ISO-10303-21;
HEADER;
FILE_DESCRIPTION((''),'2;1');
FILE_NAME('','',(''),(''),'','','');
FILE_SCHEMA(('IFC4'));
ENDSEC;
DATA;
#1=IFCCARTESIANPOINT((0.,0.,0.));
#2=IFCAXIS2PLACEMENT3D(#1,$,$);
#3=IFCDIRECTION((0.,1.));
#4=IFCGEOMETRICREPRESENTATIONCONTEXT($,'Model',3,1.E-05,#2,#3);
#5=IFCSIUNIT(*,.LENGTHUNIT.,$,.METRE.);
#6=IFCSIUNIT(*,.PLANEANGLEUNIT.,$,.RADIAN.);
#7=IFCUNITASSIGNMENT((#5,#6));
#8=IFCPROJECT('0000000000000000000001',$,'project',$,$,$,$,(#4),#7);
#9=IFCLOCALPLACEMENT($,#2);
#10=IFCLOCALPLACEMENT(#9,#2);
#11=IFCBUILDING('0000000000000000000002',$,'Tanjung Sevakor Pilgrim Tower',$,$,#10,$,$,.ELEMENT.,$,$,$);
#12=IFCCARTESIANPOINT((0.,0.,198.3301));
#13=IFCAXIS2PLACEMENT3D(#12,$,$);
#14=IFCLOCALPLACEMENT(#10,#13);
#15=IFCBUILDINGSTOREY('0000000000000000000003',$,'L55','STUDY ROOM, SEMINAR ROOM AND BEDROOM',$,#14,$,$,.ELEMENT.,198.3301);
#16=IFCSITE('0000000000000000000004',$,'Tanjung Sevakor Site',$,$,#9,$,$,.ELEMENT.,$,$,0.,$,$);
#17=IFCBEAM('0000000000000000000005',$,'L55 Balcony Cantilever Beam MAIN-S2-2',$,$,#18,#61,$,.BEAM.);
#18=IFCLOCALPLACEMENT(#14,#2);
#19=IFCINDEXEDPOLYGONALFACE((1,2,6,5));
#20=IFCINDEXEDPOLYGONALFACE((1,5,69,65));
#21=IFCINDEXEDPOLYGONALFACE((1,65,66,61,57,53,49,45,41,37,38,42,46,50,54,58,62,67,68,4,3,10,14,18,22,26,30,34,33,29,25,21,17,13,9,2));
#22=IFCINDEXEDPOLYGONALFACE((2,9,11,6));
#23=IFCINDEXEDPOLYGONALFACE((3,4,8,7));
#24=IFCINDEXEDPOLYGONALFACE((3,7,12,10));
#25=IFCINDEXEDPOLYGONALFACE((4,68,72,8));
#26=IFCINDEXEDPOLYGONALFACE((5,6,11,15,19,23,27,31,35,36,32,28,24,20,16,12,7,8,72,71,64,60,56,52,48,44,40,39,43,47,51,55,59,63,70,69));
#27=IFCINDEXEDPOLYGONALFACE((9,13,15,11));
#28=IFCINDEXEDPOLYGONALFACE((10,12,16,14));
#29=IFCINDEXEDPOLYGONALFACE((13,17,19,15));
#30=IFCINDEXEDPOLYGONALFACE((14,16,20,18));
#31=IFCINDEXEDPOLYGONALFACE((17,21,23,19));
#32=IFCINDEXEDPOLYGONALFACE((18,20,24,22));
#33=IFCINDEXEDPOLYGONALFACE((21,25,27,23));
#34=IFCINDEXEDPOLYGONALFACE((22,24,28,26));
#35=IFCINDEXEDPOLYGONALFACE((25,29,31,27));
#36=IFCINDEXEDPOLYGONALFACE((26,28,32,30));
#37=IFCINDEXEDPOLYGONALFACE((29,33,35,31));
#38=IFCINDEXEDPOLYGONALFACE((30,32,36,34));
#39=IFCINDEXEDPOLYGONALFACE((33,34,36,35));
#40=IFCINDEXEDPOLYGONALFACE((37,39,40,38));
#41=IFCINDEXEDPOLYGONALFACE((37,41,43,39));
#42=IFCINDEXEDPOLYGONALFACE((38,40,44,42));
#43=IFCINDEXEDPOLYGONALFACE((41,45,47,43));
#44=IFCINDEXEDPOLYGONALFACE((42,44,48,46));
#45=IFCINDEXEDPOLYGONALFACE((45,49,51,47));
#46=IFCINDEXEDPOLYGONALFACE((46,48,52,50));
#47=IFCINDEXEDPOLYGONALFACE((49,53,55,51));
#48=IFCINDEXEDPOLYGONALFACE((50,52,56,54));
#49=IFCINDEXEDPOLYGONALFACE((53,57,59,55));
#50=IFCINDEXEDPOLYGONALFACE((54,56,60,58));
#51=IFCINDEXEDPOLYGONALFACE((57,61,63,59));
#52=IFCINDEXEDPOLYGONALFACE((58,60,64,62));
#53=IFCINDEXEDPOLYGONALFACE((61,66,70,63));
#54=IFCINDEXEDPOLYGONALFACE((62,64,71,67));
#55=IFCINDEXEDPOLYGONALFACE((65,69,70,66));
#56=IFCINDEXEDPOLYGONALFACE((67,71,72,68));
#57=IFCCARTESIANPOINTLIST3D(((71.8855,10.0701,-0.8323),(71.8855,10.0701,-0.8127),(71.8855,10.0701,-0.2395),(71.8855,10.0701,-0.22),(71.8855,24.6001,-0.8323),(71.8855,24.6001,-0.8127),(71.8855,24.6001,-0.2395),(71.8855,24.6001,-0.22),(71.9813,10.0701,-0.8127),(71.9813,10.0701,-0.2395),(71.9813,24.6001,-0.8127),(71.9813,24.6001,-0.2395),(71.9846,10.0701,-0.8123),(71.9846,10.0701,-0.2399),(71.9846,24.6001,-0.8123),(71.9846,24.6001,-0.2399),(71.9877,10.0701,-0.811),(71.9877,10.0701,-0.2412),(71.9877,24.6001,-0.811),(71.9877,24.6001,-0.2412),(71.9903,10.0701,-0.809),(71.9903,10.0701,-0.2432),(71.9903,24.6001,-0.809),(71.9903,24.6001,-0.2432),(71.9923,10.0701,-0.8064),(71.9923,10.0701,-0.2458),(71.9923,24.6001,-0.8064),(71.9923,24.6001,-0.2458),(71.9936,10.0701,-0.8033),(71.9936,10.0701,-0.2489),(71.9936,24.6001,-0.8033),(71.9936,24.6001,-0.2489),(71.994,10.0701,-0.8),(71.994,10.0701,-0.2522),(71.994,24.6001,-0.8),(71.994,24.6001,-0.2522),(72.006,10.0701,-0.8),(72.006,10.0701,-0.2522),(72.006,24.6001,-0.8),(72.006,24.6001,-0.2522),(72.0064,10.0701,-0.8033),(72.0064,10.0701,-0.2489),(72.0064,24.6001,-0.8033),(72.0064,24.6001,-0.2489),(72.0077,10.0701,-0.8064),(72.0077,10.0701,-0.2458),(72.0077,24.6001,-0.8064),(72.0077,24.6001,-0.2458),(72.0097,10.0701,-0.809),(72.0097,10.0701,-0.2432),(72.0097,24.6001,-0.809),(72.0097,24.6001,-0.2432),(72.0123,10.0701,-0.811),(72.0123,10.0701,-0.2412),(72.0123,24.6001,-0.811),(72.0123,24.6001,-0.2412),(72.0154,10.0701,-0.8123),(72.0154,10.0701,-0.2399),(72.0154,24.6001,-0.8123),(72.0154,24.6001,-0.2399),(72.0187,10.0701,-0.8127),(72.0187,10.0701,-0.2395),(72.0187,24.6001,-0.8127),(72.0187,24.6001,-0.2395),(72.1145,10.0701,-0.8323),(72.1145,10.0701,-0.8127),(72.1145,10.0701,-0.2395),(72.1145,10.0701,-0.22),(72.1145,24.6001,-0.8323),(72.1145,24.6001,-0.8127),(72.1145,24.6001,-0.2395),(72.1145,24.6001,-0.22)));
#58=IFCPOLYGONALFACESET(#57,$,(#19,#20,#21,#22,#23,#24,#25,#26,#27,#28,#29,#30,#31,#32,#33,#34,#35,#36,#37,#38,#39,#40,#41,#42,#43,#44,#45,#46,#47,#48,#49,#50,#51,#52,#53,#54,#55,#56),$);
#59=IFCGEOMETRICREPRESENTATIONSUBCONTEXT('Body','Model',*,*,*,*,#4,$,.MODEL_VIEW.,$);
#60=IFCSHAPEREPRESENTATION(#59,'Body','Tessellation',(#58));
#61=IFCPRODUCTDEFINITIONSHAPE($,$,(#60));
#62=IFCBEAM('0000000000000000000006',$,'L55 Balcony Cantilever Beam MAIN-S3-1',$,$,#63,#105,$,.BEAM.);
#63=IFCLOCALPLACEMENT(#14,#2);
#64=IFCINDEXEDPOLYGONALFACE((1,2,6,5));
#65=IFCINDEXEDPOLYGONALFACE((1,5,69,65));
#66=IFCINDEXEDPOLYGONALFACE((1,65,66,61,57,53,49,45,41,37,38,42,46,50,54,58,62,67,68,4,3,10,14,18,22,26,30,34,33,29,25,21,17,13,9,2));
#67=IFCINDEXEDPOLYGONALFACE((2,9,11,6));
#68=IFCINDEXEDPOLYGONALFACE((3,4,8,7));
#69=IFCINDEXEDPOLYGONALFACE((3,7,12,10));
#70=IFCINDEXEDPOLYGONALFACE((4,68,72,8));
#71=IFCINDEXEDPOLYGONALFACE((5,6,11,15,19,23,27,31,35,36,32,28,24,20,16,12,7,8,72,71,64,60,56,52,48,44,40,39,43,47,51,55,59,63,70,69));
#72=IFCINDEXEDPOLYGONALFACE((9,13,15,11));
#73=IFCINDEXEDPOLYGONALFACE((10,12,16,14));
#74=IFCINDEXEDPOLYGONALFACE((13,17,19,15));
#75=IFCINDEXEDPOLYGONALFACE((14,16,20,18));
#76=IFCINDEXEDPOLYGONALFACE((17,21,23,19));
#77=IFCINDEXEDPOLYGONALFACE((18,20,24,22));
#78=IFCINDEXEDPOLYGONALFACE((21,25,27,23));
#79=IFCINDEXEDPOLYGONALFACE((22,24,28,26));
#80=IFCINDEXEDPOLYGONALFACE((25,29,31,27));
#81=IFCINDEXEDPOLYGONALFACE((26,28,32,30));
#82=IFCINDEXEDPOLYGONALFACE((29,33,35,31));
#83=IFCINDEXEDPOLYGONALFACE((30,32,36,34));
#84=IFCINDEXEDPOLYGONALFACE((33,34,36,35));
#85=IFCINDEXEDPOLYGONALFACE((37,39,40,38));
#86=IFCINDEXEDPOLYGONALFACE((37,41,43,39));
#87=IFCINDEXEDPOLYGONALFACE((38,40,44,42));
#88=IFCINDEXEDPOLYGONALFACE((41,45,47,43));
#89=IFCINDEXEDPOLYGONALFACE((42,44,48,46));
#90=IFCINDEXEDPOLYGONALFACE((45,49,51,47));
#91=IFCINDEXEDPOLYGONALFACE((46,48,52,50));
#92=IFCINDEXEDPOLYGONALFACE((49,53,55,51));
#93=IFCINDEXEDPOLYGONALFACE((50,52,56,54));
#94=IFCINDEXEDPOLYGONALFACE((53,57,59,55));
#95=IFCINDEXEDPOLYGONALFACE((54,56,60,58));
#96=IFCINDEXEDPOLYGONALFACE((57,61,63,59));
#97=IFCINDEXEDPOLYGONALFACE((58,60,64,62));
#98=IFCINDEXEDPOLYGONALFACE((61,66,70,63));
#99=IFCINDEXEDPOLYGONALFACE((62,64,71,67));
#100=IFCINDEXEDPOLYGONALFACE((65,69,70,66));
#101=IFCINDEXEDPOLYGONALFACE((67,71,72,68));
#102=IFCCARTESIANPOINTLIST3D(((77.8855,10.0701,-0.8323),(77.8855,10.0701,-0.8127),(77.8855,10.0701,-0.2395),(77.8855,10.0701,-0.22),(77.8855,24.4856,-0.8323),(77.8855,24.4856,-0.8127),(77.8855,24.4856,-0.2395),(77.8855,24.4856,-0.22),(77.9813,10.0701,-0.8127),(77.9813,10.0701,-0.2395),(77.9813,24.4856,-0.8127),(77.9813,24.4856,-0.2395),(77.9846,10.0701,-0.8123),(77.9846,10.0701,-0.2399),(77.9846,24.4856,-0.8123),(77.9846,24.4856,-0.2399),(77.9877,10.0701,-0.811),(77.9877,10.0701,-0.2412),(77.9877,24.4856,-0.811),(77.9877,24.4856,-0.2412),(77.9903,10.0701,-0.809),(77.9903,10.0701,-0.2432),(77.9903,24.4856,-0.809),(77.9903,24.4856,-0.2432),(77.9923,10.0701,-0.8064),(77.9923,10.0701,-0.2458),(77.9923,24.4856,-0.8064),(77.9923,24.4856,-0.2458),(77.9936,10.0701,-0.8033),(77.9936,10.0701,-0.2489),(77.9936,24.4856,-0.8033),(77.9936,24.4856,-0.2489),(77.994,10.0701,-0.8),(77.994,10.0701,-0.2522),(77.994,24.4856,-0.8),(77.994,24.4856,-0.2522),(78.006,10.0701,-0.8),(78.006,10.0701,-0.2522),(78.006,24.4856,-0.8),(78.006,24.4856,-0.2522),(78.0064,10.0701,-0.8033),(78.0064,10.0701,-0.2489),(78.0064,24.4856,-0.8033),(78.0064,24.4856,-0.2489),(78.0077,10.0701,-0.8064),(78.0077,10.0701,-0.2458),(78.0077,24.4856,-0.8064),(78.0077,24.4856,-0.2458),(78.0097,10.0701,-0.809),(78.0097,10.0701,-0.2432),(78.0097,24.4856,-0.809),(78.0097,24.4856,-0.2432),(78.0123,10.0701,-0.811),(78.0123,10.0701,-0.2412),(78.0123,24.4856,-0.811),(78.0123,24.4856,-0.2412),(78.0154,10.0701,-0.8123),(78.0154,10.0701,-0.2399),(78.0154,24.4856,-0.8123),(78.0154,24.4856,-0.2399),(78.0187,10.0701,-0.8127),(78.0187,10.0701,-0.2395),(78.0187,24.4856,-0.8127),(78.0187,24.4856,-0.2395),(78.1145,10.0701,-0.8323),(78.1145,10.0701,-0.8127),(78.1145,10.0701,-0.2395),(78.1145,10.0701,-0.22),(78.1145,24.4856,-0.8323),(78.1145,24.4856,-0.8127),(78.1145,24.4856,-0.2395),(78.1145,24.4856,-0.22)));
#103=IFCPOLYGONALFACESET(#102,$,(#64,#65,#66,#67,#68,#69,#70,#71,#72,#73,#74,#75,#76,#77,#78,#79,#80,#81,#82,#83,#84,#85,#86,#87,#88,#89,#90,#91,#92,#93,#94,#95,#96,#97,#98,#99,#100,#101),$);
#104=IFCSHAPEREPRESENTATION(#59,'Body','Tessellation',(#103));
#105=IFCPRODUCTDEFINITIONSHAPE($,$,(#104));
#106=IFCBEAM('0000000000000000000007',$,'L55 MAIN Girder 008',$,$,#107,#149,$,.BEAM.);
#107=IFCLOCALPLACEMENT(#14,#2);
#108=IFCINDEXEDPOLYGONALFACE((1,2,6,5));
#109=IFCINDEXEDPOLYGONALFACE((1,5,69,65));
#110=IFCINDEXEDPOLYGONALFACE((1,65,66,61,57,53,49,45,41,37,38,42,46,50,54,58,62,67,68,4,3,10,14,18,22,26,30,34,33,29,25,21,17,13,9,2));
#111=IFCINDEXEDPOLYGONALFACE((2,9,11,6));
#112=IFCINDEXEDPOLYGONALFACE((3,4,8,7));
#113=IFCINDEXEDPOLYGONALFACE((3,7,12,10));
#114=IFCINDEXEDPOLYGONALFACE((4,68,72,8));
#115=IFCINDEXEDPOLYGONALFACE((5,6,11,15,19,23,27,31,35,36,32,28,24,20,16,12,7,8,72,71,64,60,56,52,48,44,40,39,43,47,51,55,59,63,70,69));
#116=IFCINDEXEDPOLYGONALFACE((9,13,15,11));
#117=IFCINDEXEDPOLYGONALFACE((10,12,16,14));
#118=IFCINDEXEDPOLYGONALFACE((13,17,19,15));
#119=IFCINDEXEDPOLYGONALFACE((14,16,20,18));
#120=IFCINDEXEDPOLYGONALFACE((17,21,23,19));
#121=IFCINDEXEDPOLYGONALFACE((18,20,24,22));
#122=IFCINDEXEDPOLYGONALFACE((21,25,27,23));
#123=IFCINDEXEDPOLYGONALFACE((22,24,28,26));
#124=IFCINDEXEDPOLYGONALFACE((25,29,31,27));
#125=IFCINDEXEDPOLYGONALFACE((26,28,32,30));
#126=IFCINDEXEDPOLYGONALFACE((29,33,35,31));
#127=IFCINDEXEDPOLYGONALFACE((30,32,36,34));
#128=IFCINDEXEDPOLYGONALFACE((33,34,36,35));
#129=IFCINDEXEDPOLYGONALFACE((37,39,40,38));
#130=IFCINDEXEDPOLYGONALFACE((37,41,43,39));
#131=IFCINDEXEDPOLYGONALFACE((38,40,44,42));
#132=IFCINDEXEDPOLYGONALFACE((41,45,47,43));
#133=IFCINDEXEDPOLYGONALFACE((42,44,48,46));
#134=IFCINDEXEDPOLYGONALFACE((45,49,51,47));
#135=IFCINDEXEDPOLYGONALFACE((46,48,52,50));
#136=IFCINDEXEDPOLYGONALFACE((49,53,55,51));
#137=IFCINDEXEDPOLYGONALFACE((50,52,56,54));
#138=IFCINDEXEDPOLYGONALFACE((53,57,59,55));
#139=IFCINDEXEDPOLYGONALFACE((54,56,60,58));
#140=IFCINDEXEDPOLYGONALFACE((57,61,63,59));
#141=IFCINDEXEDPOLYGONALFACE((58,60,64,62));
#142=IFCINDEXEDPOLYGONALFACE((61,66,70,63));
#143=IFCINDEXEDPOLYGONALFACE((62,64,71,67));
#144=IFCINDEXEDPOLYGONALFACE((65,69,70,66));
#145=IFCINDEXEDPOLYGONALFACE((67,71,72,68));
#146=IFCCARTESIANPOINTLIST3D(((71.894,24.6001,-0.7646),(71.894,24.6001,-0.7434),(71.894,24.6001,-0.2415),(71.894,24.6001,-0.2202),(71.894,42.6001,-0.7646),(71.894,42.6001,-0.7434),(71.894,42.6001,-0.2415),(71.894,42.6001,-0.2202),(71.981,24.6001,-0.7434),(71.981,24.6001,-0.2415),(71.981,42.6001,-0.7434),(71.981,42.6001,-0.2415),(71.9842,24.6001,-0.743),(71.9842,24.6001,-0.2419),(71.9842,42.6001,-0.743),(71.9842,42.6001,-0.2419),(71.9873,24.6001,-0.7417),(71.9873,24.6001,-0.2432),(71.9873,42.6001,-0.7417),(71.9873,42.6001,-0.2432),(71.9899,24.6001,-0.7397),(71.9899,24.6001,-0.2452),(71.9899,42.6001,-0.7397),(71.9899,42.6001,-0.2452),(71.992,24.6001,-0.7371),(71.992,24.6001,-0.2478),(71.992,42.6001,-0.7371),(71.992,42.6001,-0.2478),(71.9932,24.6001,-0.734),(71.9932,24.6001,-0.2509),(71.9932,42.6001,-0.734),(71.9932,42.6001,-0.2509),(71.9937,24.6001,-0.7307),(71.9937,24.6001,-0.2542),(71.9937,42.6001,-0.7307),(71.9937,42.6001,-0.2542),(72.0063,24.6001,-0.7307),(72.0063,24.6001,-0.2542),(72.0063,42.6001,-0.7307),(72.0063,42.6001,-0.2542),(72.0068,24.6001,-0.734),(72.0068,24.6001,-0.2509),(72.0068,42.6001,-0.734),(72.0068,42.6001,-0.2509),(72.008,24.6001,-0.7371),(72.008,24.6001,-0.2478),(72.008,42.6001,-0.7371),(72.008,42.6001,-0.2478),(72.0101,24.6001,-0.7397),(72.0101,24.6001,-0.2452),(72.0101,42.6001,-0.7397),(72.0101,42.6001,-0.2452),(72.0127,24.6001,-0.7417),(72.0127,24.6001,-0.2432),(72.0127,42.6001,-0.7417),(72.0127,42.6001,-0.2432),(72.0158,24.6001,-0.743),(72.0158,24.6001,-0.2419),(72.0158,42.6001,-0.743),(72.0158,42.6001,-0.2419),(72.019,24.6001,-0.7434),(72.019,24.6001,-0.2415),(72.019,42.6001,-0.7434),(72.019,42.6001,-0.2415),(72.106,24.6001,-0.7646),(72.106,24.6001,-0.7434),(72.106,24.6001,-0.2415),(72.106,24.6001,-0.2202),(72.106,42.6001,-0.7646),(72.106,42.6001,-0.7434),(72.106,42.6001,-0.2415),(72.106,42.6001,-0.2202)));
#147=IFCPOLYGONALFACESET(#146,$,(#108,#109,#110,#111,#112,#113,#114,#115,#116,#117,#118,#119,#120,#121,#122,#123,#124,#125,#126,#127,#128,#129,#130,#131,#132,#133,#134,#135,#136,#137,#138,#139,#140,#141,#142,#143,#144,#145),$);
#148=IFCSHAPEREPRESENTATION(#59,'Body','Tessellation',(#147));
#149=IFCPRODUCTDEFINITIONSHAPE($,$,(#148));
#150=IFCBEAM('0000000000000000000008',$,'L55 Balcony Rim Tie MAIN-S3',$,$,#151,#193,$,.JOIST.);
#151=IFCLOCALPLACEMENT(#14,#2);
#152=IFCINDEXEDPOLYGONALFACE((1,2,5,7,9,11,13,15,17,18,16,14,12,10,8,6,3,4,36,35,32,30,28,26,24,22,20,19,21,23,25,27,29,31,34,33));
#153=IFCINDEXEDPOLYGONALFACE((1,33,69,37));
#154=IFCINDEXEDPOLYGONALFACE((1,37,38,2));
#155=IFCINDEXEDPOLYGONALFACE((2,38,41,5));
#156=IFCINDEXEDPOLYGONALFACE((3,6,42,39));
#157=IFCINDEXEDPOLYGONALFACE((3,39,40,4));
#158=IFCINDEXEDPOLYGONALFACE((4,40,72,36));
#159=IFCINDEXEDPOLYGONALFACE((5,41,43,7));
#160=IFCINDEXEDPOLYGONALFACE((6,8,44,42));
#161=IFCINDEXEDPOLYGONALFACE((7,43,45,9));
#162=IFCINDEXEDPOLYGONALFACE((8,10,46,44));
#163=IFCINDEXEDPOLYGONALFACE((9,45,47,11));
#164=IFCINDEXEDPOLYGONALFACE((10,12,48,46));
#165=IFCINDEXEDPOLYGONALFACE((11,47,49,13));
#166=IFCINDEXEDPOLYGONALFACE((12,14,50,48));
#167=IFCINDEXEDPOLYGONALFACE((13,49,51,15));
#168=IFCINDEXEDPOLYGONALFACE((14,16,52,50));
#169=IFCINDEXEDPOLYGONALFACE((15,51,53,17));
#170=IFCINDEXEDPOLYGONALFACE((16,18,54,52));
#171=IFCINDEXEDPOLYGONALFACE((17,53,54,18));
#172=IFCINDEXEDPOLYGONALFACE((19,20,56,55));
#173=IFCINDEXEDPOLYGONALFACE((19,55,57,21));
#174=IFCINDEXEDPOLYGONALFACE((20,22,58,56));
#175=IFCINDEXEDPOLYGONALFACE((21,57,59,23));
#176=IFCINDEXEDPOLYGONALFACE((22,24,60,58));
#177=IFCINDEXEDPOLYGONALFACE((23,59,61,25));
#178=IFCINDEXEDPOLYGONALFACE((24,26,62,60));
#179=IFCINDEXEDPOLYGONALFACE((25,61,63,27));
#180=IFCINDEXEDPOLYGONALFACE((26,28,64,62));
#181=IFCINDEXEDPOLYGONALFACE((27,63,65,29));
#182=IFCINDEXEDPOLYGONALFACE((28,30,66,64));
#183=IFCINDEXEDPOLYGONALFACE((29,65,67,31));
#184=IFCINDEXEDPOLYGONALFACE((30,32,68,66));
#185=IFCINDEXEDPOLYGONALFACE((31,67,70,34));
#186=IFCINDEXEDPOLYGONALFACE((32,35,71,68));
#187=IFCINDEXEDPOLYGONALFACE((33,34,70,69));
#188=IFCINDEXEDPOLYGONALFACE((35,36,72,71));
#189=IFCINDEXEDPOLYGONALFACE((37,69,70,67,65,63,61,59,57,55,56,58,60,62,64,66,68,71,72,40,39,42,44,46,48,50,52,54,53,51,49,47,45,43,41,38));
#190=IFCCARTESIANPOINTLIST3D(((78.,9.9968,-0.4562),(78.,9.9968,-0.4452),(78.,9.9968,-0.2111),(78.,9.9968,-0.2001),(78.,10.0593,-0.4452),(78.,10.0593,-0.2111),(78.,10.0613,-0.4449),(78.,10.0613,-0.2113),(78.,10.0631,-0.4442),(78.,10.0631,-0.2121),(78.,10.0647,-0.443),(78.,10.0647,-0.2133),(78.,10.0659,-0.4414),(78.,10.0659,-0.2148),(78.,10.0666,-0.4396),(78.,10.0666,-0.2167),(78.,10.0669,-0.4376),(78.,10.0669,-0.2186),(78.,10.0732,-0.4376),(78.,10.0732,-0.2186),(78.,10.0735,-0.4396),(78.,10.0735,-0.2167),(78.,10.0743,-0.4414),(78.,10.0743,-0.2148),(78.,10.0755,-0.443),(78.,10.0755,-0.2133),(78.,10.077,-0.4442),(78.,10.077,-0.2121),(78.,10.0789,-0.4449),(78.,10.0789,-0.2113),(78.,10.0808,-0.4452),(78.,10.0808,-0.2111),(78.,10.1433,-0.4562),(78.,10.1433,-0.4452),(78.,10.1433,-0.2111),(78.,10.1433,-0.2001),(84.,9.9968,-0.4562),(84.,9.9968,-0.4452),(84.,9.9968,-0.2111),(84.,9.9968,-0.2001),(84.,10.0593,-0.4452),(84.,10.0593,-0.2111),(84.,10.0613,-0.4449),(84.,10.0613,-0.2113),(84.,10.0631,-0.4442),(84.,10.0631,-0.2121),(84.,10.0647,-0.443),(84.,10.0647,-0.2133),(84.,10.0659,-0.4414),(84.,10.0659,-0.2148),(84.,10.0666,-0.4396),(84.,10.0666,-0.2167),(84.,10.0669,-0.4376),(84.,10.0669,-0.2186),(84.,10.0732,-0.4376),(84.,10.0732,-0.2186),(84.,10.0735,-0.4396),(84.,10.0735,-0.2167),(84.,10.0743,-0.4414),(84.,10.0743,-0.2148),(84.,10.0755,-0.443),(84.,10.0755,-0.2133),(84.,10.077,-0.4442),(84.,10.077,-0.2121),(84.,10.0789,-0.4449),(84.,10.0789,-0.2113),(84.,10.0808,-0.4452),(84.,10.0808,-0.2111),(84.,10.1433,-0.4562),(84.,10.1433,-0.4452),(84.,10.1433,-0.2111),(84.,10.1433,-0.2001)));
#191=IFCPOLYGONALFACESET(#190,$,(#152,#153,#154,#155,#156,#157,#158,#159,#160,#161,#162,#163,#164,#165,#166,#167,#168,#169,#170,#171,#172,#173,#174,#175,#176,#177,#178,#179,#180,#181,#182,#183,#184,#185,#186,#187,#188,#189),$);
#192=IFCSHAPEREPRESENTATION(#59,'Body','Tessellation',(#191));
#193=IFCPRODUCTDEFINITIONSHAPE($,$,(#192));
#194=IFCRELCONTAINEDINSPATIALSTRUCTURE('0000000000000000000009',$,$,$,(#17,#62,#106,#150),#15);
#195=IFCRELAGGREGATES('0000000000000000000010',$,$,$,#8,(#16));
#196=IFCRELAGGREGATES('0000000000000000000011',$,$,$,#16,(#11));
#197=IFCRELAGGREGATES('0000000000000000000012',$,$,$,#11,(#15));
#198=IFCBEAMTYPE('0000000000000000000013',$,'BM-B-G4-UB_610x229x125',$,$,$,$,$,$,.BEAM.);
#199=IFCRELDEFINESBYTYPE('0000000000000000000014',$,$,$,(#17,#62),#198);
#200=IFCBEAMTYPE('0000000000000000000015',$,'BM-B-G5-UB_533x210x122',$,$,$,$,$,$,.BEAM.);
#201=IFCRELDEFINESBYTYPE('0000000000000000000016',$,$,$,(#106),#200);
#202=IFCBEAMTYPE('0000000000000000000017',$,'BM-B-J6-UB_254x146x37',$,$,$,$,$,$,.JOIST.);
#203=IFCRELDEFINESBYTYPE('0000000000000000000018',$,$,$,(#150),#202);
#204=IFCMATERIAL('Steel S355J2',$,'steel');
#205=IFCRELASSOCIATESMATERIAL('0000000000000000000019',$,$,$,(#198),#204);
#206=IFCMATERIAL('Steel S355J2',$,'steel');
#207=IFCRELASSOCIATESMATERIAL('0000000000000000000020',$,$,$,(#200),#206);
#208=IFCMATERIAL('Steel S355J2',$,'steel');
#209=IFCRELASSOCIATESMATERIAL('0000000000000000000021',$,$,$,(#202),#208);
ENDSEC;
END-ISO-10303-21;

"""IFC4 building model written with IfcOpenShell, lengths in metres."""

from ifc_helpers import new_model, si_unit, direction, frame, origin, origin_2d, place, context, subcontext, project, spatial, i_section, extrude, material, material_profile, profile_set, type_object, element, save


model = new_model("IFC4")

# Units and contexts
model_context = context("Model", 3, precision=1e-05, world=origin(), true_north=direction((0.0, 1.0)))
body_context = subcontext(model_context, "Body", "Model", "MODEL_VIEW")
ifc_project = project(units=[si_unit("LENGTHUNIT", "METRE"), si_unit("PLANEANGLEUNIT", "RADIAN")], contexts=[model_context])

# Site, building, storey
site_placement = place(None, origin())
site = spatial("IfcSite", under=ifc_project, at=site_placement, Name="Tanjung Sevakor Site", CompositionType="ELEMENT", RefElevation=0.0)
building_placement = place(site_placement, origin())
building = spatial("IfcBuilding", under=site, at=building_placement, Name="Tanjung Sevakor Pilgrim Tower", CompositionType="ELEMENT")
storey_placement = place(building_placement, frame((0.0, 0.0, 198.3301)))
storey = spatial("IfcBuildingStorey", under=building, at=storey_placement, Name="L55", Description="STUDY ROOM, SEMINAR ROOM AND BEDROOM", CompositionType="ELEMENT", Elevation=198.3301)

# Beams
ifc_material_1 = material(Name="Steel S355J2", Category="steel")
ifc_material_profile_1 = material_profile(ifc_material_1, i_section(OverallWidth=0.229, OverallDepth=0.6123, WebThickness=0.012, FlangeThickness=0.0195, FilletRadius=0.0127, at=origin_2d()))
ifc_profile_set_1 = profile_set([ifc_material_profile_1], Name="Steel S355J2")
beam_type_1 = type_object("IfcBeamType", Name="BM-B-G4-UB_610x229x125", PredefinedType="BEAM", material=ifc_profile_set_1)
for number, where, z_axis, x_axis, name in (
    (1, (72.0, 24.6001, -0.5261), (0.0, -1.0, 0.0), (1.0, 0.0, 0.0), "L55 Balcony Cantilever Beam MAIN-S2-2"),
):
    element("IfcBeam", number, at=place(storey_placement, frame(where, z_axis=z_axis, x_axis=x_axis)), inside=storey, type_object=beam_type_1, Name=name, PredefinedType="BEAM", context=body_context, shape_type="SweptSolid", body=[
        extrude(i_section(OverallWidth=0.229, OverallDepth=0.6123, WebThickness=0.012, FlangeThickness=0.0195, FilletRadius=0.0127, at=origin_2d()), origin(), (0.0, 0.0, 1.0), 14.53),
    ])
beam_1_placement = place(storey_placement, frame((78.0, 24.4856, -0.5261), z_axis=(0.0, -1.0, 0.0), x_axis=(1.0, 0.0, 0.0)))
element("IfcBeam", 2, at=beam_1_placement, inside=storey, type_object=beam_type_1, Name="L55 Balcony Cantilever Beam MAIN-S3-1", PredefinedType="BEAM", context=body_context, shape_type="SweptSolid", body=[
    extrude(i_section(OverallWidth=0.229, OverallDepth=0.6123, WebThickness=0.012, FlangeThickness=0.0195, FilletRadius=0.0127, at=origin_2d()), origin(), (0.0, 0.0, 1.0), 14.4155),
])
ifc_material_2 = material(Name="Steel S355J2", Category="steel")
ifc_material_profile_2 = material_profile(ifc_material_2, i_section(OverallWidth=0.2119, OverallDepth=0.5444, WebThickness=0.0127, FlangeThickness=0.0212, FilletRadius=0.0127, at=origin_2d()))
ifc_profile_set_2 = profile_set([ifc_material_profile_2], Name="Steel S355J2")
beam_type_2 = type_object("IfcBeamType", Name="BM-B-G5-UB_533x210x122", PredefinedType="BEAM", material=ifc_profile_set_2)
beam_2_placement = place(storey_placement, frame((72.0, 24.6001, -0.4924), z_axis=(0.0, 1.0, 0.0), x_axis=(-1.0, 0.0, 0.0)))
element("IfcBeam", 3, at=beam_2_placement, inside=storey, type_object=beam_type_2, Name="L55 MAIN Girder 008", PredefinedType="BEAM", context=body_context, shape_type="SweptSolid", body=[
    extrude(i_section(OverallWidth=0.2119, OverallDepth=0.5444, WebThickness=0.0127, FlangeThickness=0.0212, FilletRadius=0.0127, at=origin_2d()), origin(), (0.0, 0.0, 1.0), 18.0),
])
ifc_material_3 = material(Name="Steel S355J2", Category="steel")
ifc_material_profile_3 = material_profile(ifc_material_3, i_section(OverallWidth=0.1465, OverallDepth=0.2561, WebThickness=0.0063, FlangeThickness=0.011, FilletRadius=0.0076, at=origin_2d()))
ifc_profile_set_3 = profile_set([ifc_material_profile_3], Name="Steel S355J2")
beam_type_3 = type_object("IfcBeamType", Name="BM-B-J6-UB_254x146x37", PredefinedType="JOIST", material=ifc_profile_set_3)
beam_3_placement = place(storey_placement, frame((78.0, 10.0701, -0.3281), z_axis=(1.0, 0.0, 0.0), x_axis=(0.0, 1.0, 0.0)))
element("IfcBeam", 4, at=beam_3_placement, inside=storey, type_object=beam_type_3, Name="L55 Balcony Rim Tie MAIN-S3", PredefinedType="JOIST", context=body_context, shape_type="SweptSolid", body=[
    extrude(i_section(OverallWidth=0.1465, OverallDepth=0.2561, WebThickness=0.0063, FlangeThickness=0.011, FilletRadius=0.0076, at=origin_2d()), origin(), (0.0, 0.0, 1.0), 6.0),
])

save(model, "model.ifc")
